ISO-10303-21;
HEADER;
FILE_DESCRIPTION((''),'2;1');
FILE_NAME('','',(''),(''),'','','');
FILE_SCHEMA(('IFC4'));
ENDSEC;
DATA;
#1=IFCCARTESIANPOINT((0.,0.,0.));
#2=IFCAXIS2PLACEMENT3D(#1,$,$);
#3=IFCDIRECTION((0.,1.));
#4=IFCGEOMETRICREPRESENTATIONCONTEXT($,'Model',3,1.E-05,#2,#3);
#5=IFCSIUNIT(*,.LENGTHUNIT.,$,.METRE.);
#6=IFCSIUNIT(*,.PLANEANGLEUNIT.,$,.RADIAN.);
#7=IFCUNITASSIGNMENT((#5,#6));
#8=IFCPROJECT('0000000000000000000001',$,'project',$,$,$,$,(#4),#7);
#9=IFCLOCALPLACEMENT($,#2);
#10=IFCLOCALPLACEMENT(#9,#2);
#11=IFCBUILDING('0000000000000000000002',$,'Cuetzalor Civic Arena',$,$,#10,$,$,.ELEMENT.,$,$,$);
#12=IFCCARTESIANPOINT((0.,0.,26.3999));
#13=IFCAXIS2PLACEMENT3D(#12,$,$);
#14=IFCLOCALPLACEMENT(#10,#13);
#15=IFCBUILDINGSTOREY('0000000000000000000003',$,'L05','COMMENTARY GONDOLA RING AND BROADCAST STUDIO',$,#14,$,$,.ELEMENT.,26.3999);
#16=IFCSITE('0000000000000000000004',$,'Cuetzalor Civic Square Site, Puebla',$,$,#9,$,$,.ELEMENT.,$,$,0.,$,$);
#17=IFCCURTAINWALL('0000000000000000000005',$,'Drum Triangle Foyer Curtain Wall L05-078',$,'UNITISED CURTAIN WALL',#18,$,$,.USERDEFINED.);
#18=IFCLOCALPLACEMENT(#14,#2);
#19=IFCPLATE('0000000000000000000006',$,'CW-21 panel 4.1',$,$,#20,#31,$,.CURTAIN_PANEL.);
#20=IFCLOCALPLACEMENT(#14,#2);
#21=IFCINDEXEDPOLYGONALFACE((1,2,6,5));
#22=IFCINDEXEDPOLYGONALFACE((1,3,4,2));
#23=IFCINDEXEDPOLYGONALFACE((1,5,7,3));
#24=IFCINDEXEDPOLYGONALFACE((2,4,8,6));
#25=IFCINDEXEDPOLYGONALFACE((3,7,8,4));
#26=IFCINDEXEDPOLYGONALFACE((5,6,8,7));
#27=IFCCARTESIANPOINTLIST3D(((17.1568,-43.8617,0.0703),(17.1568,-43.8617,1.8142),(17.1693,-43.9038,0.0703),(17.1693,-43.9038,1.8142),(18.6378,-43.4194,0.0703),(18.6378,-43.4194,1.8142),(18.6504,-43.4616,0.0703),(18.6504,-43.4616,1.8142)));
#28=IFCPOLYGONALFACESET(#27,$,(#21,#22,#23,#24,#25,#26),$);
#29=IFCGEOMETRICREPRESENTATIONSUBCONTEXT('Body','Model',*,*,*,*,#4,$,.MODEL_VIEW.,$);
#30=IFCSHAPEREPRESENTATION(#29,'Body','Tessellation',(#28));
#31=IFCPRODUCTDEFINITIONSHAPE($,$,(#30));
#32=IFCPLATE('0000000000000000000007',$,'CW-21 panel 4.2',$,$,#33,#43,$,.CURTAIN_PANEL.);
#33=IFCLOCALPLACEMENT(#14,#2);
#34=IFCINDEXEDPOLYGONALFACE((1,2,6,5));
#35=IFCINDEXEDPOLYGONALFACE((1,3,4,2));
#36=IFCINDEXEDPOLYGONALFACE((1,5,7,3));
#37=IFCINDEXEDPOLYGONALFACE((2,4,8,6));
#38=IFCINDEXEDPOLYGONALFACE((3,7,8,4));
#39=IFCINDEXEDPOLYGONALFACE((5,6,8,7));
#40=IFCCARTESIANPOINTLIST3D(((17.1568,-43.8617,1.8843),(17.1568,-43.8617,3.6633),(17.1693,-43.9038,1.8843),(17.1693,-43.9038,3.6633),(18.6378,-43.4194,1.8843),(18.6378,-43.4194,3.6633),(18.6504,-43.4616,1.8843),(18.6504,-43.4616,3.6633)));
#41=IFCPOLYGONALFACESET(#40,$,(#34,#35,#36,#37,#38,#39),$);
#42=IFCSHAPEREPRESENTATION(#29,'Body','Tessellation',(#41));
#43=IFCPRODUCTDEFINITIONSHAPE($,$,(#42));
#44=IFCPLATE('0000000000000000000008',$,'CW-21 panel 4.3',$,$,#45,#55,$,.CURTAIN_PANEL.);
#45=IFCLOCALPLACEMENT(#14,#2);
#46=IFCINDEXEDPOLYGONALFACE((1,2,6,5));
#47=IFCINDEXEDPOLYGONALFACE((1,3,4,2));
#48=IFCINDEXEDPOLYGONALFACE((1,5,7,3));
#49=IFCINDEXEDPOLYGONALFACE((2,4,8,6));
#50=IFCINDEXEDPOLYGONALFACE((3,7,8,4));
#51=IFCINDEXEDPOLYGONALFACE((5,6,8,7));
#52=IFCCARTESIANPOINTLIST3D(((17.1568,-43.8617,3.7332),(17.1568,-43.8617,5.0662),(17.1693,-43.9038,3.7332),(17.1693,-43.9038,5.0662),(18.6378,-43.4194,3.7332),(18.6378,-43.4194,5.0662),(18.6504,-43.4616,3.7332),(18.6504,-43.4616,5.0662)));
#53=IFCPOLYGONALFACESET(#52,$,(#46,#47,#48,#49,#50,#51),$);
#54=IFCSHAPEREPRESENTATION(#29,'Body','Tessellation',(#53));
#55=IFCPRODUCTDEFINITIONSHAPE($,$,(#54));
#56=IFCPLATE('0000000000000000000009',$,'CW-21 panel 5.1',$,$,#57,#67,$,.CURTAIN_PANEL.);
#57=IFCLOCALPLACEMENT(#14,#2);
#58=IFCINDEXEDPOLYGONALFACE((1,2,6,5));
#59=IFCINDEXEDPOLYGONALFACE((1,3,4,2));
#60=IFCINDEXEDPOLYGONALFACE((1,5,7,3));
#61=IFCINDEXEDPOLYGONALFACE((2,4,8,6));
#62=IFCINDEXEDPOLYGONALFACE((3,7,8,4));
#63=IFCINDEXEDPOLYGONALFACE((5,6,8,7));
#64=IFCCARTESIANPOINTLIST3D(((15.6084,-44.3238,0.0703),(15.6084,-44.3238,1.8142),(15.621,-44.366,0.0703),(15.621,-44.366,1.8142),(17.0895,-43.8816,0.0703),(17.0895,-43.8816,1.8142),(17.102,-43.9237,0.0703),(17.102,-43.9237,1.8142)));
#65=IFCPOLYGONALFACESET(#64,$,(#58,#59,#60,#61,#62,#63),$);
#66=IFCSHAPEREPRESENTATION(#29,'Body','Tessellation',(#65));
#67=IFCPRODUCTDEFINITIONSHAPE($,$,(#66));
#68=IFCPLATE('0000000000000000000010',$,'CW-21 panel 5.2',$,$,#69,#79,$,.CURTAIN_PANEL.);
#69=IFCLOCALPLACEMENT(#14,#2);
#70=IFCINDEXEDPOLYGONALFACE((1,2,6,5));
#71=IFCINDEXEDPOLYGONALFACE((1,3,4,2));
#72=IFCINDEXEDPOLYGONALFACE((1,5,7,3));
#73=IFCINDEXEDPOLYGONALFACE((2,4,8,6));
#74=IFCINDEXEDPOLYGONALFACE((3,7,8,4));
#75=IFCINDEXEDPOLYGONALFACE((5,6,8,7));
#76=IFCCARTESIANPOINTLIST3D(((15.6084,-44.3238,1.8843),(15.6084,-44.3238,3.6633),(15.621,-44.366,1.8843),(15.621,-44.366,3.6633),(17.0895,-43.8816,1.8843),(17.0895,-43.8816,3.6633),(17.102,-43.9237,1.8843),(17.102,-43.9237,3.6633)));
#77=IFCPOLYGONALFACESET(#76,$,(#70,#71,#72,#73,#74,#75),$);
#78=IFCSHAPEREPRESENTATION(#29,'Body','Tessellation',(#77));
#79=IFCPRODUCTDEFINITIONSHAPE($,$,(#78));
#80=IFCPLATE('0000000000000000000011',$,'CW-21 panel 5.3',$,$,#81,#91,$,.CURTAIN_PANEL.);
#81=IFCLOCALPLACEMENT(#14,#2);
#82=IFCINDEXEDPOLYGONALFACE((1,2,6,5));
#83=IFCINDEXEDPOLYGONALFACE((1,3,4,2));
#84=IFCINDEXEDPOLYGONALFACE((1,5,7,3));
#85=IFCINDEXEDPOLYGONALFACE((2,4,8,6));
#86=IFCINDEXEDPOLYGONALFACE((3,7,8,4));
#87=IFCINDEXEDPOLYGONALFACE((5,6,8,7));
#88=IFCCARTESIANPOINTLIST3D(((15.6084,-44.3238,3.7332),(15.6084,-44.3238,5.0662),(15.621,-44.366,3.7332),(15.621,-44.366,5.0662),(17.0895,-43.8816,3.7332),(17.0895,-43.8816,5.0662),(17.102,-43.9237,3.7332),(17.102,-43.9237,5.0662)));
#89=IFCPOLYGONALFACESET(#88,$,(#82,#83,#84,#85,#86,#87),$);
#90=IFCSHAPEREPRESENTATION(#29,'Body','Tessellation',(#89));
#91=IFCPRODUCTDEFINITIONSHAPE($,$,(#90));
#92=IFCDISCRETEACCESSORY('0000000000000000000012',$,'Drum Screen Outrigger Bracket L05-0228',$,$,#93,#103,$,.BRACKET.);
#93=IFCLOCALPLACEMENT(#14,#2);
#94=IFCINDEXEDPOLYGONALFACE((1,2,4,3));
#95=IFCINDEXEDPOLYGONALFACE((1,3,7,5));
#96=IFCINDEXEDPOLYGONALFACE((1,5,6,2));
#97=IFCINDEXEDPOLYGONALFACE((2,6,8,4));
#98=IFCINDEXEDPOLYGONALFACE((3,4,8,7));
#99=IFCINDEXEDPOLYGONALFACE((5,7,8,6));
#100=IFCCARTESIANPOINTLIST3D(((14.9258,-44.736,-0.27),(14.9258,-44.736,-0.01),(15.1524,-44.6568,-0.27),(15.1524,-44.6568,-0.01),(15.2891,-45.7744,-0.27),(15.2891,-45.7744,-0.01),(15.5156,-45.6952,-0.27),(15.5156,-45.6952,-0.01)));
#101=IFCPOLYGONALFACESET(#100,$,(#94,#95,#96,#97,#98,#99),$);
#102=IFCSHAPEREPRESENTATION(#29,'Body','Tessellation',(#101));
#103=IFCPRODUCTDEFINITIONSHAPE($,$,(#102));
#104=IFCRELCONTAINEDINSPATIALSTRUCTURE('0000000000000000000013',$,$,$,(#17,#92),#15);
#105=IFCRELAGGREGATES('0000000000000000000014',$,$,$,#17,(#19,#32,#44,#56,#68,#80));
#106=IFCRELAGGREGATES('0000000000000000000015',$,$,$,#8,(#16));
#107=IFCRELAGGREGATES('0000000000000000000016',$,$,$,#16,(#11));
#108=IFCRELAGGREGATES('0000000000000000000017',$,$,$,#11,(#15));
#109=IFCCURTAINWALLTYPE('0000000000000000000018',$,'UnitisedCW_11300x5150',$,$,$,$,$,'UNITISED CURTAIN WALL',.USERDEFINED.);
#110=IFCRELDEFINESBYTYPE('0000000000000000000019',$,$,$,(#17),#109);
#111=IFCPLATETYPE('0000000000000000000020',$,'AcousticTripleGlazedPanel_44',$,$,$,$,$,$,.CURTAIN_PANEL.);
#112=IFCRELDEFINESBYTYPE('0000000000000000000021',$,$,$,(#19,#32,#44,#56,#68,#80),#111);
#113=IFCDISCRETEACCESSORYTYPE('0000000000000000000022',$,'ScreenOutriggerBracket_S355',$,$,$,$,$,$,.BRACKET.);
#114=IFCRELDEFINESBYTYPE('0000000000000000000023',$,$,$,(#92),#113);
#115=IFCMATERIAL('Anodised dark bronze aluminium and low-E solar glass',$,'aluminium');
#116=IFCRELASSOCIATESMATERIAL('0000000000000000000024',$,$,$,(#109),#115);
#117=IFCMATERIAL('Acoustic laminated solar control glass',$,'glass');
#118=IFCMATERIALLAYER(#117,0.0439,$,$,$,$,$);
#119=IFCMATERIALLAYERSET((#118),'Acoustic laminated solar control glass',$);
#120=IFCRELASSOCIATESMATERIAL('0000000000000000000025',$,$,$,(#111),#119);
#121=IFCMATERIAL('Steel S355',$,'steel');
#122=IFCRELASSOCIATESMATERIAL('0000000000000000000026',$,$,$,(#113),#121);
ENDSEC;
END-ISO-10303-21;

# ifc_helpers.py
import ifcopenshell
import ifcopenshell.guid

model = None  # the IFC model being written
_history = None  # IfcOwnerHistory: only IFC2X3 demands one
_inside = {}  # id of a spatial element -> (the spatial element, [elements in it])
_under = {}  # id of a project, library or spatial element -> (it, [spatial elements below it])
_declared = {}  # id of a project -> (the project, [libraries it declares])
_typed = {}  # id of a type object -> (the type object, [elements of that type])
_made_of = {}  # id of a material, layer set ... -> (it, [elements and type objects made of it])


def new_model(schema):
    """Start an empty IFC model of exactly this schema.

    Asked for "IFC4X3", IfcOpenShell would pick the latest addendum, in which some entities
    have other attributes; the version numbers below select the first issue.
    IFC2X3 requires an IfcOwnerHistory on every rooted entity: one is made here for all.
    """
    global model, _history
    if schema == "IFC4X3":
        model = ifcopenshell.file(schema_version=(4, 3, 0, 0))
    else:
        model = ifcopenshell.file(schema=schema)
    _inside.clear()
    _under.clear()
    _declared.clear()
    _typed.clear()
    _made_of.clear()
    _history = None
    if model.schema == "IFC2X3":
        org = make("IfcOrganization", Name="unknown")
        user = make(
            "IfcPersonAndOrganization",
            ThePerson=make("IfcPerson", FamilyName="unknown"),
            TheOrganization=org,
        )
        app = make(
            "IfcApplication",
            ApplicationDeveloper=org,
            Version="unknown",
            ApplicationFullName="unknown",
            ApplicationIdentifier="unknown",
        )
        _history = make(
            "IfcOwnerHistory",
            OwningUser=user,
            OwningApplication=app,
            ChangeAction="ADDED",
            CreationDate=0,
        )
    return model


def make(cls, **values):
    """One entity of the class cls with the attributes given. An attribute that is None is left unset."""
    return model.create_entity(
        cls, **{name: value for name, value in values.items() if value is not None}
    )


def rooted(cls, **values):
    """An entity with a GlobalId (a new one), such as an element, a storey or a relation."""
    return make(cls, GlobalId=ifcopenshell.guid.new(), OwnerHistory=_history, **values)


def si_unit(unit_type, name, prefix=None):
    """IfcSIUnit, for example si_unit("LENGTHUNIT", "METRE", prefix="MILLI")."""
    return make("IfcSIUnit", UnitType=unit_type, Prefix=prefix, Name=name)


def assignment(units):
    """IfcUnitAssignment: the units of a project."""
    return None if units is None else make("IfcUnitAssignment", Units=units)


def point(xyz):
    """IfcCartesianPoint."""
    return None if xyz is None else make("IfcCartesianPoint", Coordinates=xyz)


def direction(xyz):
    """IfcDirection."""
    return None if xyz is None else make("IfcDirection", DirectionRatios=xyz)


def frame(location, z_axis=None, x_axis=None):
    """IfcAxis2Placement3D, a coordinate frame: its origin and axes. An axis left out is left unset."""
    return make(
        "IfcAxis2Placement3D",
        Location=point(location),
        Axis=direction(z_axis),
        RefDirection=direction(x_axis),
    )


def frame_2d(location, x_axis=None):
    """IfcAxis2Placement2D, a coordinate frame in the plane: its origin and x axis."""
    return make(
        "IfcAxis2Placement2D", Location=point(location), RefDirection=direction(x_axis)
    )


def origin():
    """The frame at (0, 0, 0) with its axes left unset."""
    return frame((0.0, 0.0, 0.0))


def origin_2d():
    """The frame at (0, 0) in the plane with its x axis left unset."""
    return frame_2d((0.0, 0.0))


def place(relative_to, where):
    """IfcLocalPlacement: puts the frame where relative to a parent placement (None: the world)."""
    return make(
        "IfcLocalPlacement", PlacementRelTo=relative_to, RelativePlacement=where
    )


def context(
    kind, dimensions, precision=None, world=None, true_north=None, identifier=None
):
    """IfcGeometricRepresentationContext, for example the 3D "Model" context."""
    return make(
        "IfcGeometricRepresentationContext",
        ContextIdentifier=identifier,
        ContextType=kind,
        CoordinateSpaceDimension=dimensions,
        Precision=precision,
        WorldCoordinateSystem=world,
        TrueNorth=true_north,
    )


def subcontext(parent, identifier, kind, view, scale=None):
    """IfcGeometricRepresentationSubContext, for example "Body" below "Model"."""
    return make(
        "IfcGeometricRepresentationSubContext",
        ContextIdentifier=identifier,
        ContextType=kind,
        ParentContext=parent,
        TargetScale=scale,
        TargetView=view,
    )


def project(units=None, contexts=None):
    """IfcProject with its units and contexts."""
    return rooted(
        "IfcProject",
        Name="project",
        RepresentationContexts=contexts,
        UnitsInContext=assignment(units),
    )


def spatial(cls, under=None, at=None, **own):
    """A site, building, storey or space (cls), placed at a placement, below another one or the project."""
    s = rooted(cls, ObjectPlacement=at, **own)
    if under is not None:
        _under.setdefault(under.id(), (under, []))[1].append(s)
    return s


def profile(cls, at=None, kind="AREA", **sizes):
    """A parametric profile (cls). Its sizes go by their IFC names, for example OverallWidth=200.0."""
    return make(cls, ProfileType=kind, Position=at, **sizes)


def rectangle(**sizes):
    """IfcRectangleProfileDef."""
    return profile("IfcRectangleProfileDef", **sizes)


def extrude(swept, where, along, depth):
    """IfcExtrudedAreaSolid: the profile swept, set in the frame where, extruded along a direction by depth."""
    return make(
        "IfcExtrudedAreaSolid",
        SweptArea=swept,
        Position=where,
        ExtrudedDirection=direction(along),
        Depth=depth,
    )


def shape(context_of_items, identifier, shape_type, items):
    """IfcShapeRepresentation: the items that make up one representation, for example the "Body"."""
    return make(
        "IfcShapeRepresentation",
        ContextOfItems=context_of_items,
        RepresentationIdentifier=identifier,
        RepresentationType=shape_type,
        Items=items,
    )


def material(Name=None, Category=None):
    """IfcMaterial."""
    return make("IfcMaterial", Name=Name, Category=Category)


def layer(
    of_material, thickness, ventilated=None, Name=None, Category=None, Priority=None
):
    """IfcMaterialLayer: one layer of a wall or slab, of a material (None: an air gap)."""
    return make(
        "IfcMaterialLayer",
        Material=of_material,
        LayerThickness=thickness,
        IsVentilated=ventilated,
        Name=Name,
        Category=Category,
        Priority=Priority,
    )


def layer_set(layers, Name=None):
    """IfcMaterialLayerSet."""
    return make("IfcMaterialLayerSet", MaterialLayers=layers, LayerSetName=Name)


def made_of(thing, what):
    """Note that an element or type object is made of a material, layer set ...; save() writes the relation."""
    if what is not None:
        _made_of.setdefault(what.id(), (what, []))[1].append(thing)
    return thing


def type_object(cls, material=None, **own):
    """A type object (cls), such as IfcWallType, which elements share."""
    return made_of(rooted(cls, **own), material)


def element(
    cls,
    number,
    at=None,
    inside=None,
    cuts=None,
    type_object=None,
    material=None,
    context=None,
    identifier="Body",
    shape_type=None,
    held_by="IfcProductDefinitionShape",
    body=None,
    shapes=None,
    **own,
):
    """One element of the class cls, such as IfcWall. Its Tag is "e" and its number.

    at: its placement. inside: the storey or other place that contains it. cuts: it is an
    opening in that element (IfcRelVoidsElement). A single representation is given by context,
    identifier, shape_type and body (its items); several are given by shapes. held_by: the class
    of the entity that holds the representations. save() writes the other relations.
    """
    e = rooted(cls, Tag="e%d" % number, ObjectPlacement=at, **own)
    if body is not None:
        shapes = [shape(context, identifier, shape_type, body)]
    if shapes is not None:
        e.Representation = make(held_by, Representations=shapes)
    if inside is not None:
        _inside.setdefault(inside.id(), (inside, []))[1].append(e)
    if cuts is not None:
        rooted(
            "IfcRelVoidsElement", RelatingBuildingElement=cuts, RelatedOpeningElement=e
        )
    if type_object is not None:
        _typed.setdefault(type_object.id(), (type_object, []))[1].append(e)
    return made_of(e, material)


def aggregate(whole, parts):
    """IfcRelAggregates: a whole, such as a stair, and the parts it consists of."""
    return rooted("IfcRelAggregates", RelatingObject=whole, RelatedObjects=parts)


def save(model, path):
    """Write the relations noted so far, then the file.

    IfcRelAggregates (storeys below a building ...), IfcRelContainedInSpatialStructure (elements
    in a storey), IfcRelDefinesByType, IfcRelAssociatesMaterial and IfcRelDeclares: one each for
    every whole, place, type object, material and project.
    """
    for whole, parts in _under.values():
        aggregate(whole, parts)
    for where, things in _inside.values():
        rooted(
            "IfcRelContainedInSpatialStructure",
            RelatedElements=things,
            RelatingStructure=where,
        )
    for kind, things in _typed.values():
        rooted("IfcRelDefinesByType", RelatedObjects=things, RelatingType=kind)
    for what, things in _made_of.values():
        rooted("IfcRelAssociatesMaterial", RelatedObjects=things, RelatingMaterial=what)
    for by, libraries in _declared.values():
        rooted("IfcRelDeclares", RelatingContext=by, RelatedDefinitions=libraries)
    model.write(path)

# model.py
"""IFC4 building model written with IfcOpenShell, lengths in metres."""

from ifc_helpers import new_model, si_unit, direction, frame, origin, origin_2d, place, context, subcontext, project, spatial, rectangle, extrude, material, layer, layer_set, type_object, element, aggregate, save


model = new_model("IFC4")

# Units and contexts
model_context = context("Model", 3, precision=1e-05, world=origin(), true_north=direction((0.0, 1.0)))
body_context = subcontext(model_context, "Body", "Model", "MODEL_VIEW")
ifc_project = project(units=[si_unit("LENGTHUNIT", "METRE"), si_unit("PLANEANGLEUNIT", "RADIAN")], contexts=[model_context])

# Site, building, storey
site_placement = place(None, origin())
site = spatial("IfcSite", under=ifc_project, at=site_placement, Name="Cuetzalor Civic Square Site, Puebla", CompositionType="ELEMENT", RefElevation=0.0)
building_placement = place(site_placement, origin())
building = spatial("IfcBuilding", under=site, at=building_placement, Name="Cuetzalor Civic Arena", CompositionType="ELEMENT")
storey_placement = place(building_placement, frame((0.0, 0.0, 26.3999)))
storey = spatial("IfcBuildingStorey", under=building, at=storey_placement, Name="L05", Description="COMMENTARY GONDOLA RING AND BROADCAST STUDIO", CompositionType="ELEMENT", Elevation=26.3999)

# Curtain wall, plates
ifc_material_1 = material(Name="Anodised dark bronze aluminium and low-E solar glass", Category="aluminium")
curtain_wall_type = type_object("IfcCurtainWallType", Name="UnitisedCW_11300x5150", ElementType="UNITISED CURTAIN WALL", PredefinedType="USERDEFINED", material=ifc_material_1)
curtain_wall_placement = place(storey_placement, origin())
curtain_wall = element("IfcCurtainWall", 1, at=curtain_wall_placement, inside=storey, type_object=curtain_wall_type, Name="Drum Triangle Foyer Curtain Wall L05-078", ObjectType="UNITISED CURTAIN WALL", PredefinedType="USERDEFINED")
ifc_material_2 = material(Name="Acoustic laminated solar control glass", Category="glass")
ifc_layer = layer(ifc_material_2, 0.0439)
ifc_layer_set = layer_set([ifc_layer], Name="Acoustic laminated solar control glass")
plate_type = type_object("IfcPlateType", Name="AcousticTripleGlazedPanel_44", PredefinedType="CURTAIN_PANEL", material=ifc_layer_set)
plate_1_placement = place(storey_placement, frame((17.9036, -43.6616, 0.0703), z_axis=(0.0, 0.0, 1.0), x_axis=(-0.958194, -0.28612, 0.0)))
plate_1 = element("IfcPlate", 2, at=plate_1_placement, type_object=plate_type, Name="CW-21 panel 4.1", PredefinedType="CURTAIN_PANEL", context=body_context, shape_type="SweptSolid", body=[
    extrude(rectangle(XDim=1.5457, YDim=0.0439, at=origin_2d()), origin(), (0.0, 0.0, 1.0), 1.7439),
])
plate_2_placement = place(storey_placement, frame((17.9036, -43.6616, 1.8843), z_axis=(0.0, 0.0, 1.0), x_axis=(-0.958194, -0.28612, 0.0)))
plate_2 = element("IfcPlate", 3, at=plate_2_placement, type_object=plate_type, Name="CW-21 panel 4.2", PredefinedType="CURTAIN_PANEL", context=body_context, shape_type="SweptSolid", body=[
    extrude(rectangle(XDim=1.5457, YDim=0.0439, at=origin_2d()), origin(), (0.0, 0.0, 1.0), 1.7791),
])
plate_3_placement = place(storey_placement, frame((17.9036, -43.6616, 3.7332), z_axis=(0.0, 0.0, 1.0), x_axis=(-0.958194, -0.28612, 0.0)))
plate_3 = element("IfcPlate", 4, at=plate_3_placement, type_object=plate_type, Name="CW-21 panel 4.3", PredefinedType="CURTAIN_PANEL", context=body_context, shape_type="SweptSolid", body=[
    extrude(rectangle(XDim=1.5457, YDim=0.0439, at=origin_2d()), origin(), (0.0, 0.0, 1.0), 1.333),
])
plate_4_placement = place(storey_placement, frame((16.3552, -44.1238, 0.0703), z_axis=(0.0, 0.0, 1.0), x_axis=(-0.958194, -0.28612, 0.0)))
plate_4 = element("IfcPlate", 5, at=plate_4_placement, type_object=plate_type, Name="CW-21 panel 5.1", PredefinedType="CURTAIN_PANEL", context=body_context, shape_type="SweptSolid", body=[
    extrude(rectangle(XDim=1.5457, YDim=0.0439, at=origin_2d()), origin(), (0.0, 0.0, 1.0), 1.7439),
])
plate_5_placement = place(storey_placement, frame((16.3552, -44.1238, 1.8843), z_axis=(0.0, 0.0, 1.0), x_axis=(-0.958194, -0.28612, 0.0)))
plate_5 = element("IfcPlate", 6, at=plate_5_placement, type_object=plate_type, Name="CW-21 panel 5.2", PredefinedType="CURTAIN_PANEL", context=body_context, shape_type="SweptSolid", body=[
    extrude(rectangle(XDim=1.5457, YDim=0.0439, at=origin_2d()), origin(), (0.0, 0.0, 1.0), 1.7791),
])
plate_6_placement = place(storey_placement, frame((16.3552, -44.1238, 3.7332), z_axis=(0.0, 0.0, 1.0), x_axis=(-0.958194, -0.28612, 0.0)))
plate_6 = element("IfcPlate", 7, at=plate_6_placement, type_object=plate_type, Name="CW-21 panel 5.3", PredefinedType="CURTAIN_PANEL", context=body_context, shape_type="SweptSolid", body=[
    extrude(rectangle(XDim=1.5457, YDim=0.0439, at=origin_2d()), origin(), (0.0, 0.0, 1.0), 1.333),
])
aggregate(curtain_wall, [plate_1, plate_2, plate_3, plate_4, plate_5, plate_6])

# Discrete accessory
ifc_material_3 = material(Name="Steel S355", Category="steel")
discrete_accessory_type = type_object("IfcDiscreteAccessoryType", Name="ScreenOutriggerBracket_S355", PredefinedType="BRACKET", material=ifc_material_3)
discrete_accessory_placement = place(storey_placement, frame((15.2207, -45.2156, -0.27), z_axis=(0.0, 0.0, 1.0), x_axis=(0.330185, -0.943916, 0.0)))
element("IfcDiscreteAccessory", 8, at=discrete_accessory_placement, inside=storey, type_object=discrete_accessory_type, Name="Drum Screen Outrigger Bracket L05-0228", PredefinedType="BRACKET", context=body_context, shape_type="SweptSolid", body=[
    extrude(rectangle(XDim=1.1001, YDim=0.24, at=origin_2d()), origin(), (0.0, 0.0, 1.0), 0.26),
])

save(model, "model.ifc")
